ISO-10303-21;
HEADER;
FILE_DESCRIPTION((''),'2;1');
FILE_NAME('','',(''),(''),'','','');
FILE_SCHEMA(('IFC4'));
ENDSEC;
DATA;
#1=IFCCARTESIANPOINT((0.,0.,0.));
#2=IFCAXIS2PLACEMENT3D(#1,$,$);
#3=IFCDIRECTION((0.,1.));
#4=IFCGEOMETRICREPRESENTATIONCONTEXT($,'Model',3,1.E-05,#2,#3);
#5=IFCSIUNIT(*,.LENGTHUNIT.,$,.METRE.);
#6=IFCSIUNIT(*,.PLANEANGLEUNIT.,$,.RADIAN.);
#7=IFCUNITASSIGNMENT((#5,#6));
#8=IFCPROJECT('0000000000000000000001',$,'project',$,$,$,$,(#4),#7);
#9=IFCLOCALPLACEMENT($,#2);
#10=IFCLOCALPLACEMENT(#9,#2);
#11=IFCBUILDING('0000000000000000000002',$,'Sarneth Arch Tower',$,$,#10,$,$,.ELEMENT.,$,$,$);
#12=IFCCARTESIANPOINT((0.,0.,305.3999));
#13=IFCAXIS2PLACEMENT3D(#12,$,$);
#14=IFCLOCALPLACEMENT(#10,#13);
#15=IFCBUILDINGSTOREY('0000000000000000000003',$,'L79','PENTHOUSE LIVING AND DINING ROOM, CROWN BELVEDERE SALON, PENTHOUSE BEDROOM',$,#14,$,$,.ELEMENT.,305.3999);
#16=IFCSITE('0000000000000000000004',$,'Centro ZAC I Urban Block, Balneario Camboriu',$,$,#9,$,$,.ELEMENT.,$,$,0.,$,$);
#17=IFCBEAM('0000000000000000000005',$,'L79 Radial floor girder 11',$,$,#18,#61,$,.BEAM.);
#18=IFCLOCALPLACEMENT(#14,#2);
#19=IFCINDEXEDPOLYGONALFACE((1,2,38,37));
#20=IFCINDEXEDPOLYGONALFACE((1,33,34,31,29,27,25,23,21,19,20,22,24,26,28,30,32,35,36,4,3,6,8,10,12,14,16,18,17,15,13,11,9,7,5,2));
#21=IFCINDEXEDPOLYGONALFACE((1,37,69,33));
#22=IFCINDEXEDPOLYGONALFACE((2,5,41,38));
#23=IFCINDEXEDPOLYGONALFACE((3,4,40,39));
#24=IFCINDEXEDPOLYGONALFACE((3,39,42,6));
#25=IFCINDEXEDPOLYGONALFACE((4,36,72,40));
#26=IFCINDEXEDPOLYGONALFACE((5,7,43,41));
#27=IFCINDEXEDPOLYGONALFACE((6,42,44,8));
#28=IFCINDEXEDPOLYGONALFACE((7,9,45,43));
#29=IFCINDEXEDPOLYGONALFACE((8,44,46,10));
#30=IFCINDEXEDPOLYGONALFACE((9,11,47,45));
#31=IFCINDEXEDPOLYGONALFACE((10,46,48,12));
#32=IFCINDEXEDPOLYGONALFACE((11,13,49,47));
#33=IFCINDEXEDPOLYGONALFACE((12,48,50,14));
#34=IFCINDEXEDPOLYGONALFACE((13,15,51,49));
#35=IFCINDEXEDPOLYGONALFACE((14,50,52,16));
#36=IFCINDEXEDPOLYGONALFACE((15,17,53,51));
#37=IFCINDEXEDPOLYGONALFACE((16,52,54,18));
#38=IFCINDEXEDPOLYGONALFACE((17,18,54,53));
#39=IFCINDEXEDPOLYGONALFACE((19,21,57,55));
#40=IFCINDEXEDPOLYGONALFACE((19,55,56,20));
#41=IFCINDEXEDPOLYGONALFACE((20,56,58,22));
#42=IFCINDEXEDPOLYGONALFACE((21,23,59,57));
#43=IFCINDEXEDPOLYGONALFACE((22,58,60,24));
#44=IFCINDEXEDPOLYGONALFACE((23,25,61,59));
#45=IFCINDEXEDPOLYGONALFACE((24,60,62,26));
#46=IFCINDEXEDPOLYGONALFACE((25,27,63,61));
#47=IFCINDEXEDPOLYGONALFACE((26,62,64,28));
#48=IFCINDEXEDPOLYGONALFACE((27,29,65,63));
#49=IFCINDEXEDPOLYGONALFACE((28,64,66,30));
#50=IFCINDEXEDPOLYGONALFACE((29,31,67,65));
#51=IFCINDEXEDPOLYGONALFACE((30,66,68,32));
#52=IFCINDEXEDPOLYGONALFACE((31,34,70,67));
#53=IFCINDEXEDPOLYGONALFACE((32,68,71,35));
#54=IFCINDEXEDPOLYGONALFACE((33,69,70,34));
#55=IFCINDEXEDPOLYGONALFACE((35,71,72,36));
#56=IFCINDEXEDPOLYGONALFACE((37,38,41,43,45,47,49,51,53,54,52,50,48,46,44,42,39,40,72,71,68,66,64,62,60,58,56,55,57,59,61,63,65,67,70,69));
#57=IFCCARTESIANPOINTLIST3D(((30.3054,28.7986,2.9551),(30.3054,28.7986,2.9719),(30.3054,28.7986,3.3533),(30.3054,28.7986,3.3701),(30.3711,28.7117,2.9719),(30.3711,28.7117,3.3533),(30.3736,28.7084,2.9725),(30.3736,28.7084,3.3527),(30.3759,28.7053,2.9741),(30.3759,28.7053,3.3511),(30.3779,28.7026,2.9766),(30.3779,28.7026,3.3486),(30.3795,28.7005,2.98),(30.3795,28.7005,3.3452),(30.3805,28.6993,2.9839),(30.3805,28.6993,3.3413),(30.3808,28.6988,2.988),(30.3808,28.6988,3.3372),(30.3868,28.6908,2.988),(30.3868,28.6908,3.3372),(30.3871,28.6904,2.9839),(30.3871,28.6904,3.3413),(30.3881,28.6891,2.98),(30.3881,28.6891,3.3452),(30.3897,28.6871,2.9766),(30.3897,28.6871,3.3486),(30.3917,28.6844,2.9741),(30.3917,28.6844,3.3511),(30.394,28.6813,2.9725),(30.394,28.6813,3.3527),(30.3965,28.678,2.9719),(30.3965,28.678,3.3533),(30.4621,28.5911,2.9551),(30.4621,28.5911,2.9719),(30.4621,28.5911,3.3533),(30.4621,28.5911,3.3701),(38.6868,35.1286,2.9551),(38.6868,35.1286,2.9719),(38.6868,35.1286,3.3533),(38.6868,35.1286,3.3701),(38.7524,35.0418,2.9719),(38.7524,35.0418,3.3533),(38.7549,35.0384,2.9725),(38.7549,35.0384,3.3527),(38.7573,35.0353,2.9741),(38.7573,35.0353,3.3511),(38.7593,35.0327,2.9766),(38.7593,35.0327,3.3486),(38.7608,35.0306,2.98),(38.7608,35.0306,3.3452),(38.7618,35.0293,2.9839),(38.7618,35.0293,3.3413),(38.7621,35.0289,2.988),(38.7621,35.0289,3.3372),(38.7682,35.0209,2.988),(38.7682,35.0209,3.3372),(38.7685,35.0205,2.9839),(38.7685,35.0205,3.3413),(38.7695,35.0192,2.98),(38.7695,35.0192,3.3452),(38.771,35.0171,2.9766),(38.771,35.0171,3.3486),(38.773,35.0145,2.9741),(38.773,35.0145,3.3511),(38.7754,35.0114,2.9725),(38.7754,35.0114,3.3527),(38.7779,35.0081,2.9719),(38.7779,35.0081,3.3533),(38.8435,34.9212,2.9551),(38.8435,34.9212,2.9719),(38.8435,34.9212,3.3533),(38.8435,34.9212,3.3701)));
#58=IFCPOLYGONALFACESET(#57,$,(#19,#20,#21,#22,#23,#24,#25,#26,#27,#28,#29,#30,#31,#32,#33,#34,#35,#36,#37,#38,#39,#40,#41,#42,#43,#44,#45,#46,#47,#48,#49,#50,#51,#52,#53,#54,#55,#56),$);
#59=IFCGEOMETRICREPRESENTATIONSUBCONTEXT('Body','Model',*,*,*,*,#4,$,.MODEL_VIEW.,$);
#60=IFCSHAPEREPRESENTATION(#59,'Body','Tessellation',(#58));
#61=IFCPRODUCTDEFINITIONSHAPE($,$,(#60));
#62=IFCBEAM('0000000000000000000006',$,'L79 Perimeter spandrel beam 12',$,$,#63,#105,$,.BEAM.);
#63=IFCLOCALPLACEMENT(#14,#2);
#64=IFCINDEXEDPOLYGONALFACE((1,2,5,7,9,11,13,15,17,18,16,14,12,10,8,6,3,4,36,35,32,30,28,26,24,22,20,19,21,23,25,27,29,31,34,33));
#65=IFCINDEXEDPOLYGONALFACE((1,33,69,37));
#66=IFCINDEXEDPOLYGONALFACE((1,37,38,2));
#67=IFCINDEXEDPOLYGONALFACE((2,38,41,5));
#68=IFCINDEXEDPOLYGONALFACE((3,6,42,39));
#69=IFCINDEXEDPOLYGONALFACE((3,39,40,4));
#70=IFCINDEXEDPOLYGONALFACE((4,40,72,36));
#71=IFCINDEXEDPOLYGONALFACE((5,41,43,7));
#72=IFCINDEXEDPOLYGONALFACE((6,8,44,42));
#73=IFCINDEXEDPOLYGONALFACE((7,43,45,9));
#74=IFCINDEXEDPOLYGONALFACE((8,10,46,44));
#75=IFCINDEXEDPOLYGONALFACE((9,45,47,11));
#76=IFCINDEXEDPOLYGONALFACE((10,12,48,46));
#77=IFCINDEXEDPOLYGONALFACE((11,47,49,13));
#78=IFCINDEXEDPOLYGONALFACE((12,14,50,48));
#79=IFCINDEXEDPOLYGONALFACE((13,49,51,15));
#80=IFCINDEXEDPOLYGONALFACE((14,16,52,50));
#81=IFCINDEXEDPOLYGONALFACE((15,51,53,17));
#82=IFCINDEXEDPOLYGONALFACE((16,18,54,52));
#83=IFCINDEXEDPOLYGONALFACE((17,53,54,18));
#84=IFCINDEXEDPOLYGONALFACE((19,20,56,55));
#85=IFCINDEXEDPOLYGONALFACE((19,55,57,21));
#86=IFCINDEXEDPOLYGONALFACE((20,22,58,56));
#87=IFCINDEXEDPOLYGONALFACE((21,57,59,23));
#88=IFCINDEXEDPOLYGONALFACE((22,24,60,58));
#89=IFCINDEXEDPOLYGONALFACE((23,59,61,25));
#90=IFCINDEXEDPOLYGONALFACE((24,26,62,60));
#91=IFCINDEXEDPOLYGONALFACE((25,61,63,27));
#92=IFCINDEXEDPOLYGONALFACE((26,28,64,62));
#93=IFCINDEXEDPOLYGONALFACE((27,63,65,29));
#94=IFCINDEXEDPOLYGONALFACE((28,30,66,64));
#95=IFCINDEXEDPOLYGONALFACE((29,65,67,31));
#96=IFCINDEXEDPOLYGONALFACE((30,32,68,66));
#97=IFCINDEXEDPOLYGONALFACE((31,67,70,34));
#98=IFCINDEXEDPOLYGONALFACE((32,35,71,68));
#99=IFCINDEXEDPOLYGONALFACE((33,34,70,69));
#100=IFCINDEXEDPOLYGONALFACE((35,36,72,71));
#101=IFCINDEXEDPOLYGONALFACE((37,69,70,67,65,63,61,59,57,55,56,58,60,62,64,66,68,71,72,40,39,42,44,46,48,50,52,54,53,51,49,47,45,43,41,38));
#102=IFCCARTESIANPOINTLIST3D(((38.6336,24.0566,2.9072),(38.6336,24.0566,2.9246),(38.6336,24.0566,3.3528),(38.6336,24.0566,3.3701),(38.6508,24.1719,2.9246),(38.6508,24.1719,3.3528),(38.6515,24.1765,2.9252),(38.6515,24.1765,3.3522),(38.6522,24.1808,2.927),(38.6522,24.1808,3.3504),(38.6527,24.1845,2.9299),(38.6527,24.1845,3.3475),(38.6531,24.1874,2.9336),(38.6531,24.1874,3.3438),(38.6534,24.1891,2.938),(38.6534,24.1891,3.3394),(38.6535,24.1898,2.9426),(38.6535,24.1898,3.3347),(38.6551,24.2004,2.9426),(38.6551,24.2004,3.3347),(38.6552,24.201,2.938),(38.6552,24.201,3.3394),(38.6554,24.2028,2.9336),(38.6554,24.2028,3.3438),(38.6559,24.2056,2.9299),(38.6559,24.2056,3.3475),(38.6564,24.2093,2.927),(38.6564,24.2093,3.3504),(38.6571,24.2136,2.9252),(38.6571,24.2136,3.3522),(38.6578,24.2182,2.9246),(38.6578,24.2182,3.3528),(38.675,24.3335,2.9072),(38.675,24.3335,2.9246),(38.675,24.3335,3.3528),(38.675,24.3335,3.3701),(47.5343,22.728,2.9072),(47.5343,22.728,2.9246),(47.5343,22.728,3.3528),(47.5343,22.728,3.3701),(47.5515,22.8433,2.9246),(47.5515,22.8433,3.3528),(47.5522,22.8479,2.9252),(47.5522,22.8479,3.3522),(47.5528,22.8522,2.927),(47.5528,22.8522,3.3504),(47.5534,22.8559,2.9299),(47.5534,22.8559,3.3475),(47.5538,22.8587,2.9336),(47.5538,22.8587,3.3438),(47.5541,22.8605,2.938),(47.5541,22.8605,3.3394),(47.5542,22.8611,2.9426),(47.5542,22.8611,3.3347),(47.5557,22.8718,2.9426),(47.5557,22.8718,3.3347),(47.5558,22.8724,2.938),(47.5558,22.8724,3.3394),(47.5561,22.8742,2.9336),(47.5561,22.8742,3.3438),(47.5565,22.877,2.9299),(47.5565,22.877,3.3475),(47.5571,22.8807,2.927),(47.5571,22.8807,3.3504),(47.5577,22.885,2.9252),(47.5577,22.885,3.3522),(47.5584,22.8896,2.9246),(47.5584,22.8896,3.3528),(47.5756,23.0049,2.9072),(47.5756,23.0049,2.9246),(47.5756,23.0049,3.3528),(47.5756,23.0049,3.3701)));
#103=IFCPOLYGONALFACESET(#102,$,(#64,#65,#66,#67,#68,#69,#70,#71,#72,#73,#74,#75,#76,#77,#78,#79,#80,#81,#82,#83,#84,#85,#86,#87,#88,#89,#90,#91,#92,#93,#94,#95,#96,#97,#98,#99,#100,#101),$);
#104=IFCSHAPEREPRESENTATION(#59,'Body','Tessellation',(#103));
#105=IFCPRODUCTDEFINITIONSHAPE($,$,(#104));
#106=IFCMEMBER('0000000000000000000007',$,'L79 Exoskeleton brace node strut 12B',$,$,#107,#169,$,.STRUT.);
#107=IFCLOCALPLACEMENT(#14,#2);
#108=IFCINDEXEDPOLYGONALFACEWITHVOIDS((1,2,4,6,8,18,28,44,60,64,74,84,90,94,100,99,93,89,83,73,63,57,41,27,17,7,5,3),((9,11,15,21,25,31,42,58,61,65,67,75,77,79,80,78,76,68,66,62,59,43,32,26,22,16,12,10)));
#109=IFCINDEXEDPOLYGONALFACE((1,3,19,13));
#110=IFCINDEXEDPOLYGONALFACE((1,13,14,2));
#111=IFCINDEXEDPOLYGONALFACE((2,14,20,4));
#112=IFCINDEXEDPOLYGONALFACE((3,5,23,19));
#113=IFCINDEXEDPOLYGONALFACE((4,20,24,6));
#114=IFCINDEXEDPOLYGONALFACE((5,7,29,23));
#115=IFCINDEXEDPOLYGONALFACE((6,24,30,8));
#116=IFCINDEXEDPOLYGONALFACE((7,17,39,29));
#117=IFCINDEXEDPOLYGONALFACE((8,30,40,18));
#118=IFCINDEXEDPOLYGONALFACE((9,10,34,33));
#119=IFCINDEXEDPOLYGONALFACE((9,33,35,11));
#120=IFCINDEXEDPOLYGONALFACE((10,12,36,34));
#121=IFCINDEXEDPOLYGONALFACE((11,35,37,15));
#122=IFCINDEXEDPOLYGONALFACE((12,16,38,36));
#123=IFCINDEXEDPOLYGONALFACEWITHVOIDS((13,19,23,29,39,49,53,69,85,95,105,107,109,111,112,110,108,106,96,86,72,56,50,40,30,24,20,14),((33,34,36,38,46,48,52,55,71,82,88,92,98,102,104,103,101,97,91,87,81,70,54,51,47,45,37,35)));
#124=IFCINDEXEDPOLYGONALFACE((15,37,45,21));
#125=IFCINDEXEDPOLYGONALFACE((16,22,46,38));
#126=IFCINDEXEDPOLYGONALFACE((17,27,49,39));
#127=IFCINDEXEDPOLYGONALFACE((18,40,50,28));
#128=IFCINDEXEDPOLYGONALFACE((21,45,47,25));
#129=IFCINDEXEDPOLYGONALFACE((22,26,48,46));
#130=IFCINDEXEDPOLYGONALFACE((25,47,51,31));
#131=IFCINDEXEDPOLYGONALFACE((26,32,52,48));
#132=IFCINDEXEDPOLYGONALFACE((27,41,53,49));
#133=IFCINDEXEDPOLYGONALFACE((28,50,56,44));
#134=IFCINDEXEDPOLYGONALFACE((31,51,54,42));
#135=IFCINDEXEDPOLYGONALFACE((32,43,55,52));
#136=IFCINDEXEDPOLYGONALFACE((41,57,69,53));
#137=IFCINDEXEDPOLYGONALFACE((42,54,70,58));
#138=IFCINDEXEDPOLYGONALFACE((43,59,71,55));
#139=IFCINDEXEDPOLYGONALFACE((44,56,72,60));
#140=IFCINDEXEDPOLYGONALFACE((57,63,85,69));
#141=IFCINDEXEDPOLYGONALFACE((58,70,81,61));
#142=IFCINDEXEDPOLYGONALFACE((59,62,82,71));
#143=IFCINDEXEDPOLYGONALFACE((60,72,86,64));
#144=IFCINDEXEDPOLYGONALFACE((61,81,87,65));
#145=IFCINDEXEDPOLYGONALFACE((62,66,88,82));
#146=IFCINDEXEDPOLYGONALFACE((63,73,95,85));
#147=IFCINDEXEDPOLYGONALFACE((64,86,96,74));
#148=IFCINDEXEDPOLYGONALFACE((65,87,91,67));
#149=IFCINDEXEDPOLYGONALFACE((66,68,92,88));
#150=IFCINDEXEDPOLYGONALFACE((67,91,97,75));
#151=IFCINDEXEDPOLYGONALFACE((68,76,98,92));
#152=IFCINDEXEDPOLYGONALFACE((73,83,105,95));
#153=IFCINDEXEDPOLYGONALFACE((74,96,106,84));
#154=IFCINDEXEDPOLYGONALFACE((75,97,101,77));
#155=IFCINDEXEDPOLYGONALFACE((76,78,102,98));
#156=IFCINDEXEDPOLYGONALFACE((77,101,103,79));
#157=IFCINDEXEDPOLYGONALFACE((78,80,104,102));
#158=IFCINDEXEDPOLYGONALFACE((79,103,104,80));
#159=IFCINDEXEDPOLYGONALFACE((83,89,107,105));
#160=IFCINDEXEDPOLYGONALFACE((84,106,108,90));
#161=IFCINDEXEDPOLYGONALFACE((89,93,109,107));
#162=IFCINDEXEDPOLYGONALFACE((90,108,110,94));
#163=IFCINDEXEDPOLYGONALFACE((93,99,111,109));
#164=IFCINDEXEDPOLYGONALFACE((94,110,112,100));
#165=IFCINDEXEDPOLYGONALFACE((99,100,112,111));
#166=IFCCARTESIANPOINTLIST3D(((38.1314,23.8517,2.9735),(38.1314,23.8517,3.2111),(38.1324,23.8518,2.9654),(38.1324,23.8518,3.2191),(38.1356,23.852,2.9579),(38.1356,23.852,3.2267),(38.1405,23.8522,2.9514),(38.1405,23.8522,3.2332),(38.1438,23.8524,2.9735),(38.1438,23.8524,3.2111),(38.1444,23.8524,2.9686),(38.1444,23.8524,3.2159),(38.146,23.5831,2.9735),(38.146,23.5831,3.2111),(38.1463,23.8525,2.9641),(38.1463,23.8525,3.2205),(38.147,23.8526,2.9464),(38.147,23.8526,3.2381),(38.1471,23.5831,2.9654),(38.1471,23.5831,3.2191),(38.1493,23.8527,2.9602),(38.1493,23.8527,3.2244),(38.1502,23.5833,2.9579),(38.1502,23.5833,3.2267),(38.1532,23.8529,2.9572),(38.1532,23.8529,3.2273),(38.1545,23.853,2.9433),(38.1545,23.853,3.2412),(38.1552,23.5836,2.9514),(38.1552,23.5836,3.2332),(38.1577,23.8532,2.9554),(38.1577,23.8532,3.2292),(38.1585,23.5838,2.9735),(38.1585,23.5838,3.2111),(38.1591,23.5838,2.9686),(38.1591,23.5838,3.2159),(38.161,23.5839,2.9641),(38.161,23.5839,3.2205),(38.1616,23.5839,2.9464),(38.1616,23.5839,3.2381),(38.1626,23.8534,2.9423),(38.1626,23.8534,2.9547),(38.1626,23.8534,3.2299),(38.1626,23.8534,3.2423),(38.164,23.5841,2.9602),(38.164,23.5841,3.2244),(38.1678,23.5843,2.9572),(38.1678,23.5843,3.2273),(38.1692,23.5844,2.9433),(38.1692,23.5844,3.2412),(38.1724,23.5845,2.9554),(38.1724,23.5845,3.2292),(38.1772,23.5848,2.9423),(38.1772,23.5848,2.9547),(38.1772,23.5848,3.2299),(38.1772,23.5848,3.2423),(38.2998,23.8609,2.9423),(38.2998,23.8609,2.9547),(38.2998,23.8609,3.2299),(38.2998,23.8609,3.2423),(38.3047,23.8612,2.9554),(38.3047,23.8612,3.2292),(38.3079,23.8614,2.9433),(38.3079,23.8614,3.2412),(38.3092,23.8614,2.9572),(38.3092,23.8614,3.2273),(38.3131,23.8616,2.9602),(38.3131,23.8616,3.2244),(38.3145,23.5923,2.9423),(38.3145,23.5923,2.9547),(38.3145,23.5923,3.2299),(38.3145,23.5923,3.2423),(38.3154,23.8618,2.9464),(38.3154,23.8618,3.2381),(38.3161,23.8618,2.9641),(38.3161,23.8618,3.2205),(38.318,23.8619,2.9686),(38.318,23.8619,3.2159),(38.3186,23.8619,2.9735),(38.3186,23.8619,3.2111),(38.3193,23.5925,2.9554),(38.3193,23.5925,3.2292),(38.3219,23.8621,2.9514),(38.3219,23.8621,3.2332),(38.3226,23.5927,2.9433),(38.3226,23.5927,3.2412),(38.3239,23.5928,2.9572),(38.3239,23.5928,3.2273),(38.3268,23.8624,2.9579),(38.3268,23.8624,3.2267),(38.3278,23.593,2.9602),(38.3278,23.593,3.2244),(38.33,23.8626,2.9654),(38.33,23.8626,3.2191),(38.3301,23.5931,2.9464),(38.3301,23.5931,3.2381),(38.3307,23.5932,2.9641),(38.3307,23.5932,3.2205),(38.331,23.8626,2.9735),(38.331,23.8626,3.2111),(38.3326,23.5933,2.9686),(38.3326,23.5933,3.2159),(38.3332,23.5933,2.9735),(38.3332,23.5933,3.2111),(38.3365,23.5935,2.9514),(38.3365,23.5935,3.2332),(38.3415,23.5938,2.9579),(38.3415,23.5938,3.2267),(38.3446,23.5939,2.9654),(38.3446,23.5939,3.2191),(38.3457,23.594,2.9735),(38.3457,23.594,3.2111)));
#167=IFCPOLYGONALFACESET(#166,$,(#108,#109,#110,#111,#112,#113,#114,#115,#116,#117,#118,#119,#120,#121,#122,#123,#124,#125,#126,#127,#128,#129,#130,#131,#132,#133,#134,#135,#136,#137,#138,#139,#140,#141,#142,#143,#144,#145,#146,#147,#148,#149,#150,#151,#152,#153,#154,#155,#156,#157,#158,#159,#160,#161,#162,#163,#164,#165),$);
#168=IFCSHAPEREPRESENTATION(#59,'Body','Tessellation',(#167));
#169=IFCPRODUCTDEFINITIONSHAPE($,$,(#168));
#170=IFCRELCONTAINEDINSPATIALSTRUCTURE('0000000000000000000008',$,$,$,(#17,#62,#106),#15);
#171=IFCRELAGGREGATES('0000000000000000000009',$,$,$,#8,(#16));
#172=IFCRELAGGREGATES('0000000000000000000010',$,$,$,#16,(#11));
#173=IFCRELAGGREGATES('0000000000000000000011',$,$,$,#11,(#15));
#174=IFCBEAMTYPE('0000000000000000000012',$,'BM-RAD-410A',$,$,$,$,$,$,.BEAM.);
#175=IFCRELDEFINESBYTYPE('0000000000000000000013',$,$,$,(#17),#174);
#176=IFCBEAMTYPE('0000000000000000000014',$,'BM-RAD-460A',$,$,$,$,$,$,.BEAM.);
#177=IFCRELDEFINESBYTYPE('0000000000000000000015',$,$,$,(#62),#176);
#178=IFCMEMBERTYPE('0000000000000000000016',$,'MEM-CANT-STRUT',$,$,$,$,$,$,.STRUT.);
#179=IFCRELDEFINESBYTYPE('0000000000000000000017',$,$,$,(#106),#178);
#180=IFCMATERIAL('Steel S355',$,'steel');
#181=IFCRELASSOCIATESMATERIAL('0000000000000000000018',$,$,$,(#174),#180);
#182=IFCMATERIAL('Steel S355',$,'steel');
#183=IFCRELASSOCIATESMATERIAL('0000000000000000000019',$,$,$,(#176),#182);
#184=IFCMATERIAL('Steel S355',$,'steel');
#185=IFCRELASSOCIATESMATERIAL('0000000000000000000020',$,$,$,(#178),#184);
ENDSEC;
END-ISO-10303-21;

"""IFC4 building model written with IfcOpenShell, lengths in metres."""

from ifc_helpers import new_model, si_unit, direction, frame, origin, origin_2d, place, context, subcontext, project, spatial, hollow_rectangle, i_section, extrude, material, material_profile, profile_set, type_object, element, save


model = new_model("IFC4")

# Units and contexts
model_context = context("Model", 3, precision=1e-05, world=origin(), true_north=direction((0.0, 1.0)))
body_context = subcontext(model_context, "Body", "Model", "MODEL_VIEW")
ifc_project = project(units=[si_unit("LENGTHUNIT", "METRE"), si_unit("PLANEANGLEUNIT", "RADIAN")], contexts=[model_context])

# Site, building, storey
site_placement = place(None, origin())
site = spatial("IfcSite", under=ifc_project, at=site_placement, Name="Centro ZAC I Urban Block, Balneario Camboriu", CompositionType="ELEMENT", RefElevation=0.0)
building_placement = place(site_placement, origin())
building = spatial("IfcBuilding", under=site, at=building_placement, Name="Sarneth Arch Tower", CompositionType="ELEMENT")
storey_placement = place(building_placement, frame((0.0, 0.0, 305.3999)))
storey = spatial("IfcBuildingStorey", under=building, at=storey_placement, Name="L79", Description="PENTHOUSE LIVING AND DINING ROOM, CROWN BELVEDERE SALON, PENTHOUSE BEDROOM", CompositionType="ELEMENT", Elevation=305.3999)

# Beams
ifc_material_1 = material(Name="Steel S355", Category="steel")
ifc_material_profile_1 = material_profile(ifc_material_1, i_section(OverallWidth=0.26, OverallDepth=0.415, WebThickness=0.01, FlangeThickness=0.0168, FilletRadius=0.0161, at=origin_2d()), Name="W410x100")
ifc_profile_set_1 = profile_set([ifc_material_profile_1], Name="Steel S355")
beam_type_1 = type_object("IfcBeamType", Name="BM-RAD-410A", PredefinedType="BEAM", material=ifc_profile_set_1)
beam_1_placement = place(storey_placement, frame((38.7651, 35.0249, 3.1626), z_axis=(-0.797982, -0.602682, 0.0), x_axis=(0.602682, -0.797982, 0.0)))
element("IfcBeam", 1, at=beam_1_placement, inside=storey, type_object=beam_type_1, Name="L79 Radial floor girder 11", PredefinedType="BEAM", context=body_context, shape_type="SweptSolid", body=[
    extrude(i_section(OverallWidth=0.26, OverallDepth=0.415, WebThickness=0.01, FlangeThickness=0.0168, FilletRadius=0.0161, at=origin_2d()), origin(), (0.0, 0.0, 1.0), 10.5032),
])
ifc_material_2 = material(Name="Steel S355", Category="steel")
ifc_material_profile_2 = material_profile(ifc_material_2, i_section(OverallWidth=0.28, OverallDepth=0.4629, WebThickness=0.0107, FlangeThickness=0.0173, FilletRadius=0.0181, at=origin_2d()), Name="W460x113")
ifc_profile_set_2 = profile_set([ifc_material_profile_2], Name="Steel S355")
beam_type_2 = type_object("IfcBeamType", Name="BM-RAD-460A", PredefinedType="BEAM", material=ifc_profile_set_2)
beam_2_placement = place(storey_placement, frame((38.6543, 24.1951, 3.1387), z_axis=(0.989042, -0.147636, 0.0), x_axis=(0.147636, 0.989042, 0.0)))
element("IfcBeam", 2, at=beam_2_placement, inside=storey, type_object=beam_type_2, Name="L79 Perimeter spandrel beam 12", PredefinedType="BEAM", context=body_context, shape_type="SweptSolid", body=[
    extrude(i_section(OverallWidth=0.28, OverallDepth=0.4629, WebThickness=0.0107, FlangeThickness=0.0173, FilletRadius=0.0181, at=origin_2d()), origin(), (0.0, 0.0, 1.0), 8.9993),
])

# Member
ifc_material_3 = material(Name="Steel S355", Category="steel")
ifc_material_profile_3 = material_profile(ifc_material_3, hollow_rectangle(XDim=0.2, YDim=0.3, WallThickness=0.0125, InnerFilletRadius=0.0188, OuterFilletRadius=0.0312, at=origin_2d()), Name="RHS300x200x12.5")
ifc_profile_set_3 = profile_set([ifc_material_profile_3], Name="Steel S355")
member_type_1 = type_object("IfcMemberType", Name="MEM-CANT-STRUT", PredefinedType="STRUT", material=ifc_profile_set_3)
member_1_placement = place(storey_placement, frame((38.2312, 23.8572, 3.0923), z_axis=(0.054464, -0.998516, 0.0), x_axis=(0.998516, 0.054464, 0.0)))
element("IfcMember", 3, at=member_1_placement, inside=storey, type_object=member_type_1, Name="L79 Exoskeleton brace node strut 12B", PredefinedType="STRUT", context=body_context, shape_type="SweptSolid", body=[
    extrude(hollow_rectangle(XDim=0.2, YDim=0.3, WallThickness=0.0125, InnerFilletRadius=0.0188, OuterFilletRadius=0.0312, at=origin_2d()), origin(), (0.0, 0.0, 1.0), 0.269),
])

save(model, "model.ifc")
